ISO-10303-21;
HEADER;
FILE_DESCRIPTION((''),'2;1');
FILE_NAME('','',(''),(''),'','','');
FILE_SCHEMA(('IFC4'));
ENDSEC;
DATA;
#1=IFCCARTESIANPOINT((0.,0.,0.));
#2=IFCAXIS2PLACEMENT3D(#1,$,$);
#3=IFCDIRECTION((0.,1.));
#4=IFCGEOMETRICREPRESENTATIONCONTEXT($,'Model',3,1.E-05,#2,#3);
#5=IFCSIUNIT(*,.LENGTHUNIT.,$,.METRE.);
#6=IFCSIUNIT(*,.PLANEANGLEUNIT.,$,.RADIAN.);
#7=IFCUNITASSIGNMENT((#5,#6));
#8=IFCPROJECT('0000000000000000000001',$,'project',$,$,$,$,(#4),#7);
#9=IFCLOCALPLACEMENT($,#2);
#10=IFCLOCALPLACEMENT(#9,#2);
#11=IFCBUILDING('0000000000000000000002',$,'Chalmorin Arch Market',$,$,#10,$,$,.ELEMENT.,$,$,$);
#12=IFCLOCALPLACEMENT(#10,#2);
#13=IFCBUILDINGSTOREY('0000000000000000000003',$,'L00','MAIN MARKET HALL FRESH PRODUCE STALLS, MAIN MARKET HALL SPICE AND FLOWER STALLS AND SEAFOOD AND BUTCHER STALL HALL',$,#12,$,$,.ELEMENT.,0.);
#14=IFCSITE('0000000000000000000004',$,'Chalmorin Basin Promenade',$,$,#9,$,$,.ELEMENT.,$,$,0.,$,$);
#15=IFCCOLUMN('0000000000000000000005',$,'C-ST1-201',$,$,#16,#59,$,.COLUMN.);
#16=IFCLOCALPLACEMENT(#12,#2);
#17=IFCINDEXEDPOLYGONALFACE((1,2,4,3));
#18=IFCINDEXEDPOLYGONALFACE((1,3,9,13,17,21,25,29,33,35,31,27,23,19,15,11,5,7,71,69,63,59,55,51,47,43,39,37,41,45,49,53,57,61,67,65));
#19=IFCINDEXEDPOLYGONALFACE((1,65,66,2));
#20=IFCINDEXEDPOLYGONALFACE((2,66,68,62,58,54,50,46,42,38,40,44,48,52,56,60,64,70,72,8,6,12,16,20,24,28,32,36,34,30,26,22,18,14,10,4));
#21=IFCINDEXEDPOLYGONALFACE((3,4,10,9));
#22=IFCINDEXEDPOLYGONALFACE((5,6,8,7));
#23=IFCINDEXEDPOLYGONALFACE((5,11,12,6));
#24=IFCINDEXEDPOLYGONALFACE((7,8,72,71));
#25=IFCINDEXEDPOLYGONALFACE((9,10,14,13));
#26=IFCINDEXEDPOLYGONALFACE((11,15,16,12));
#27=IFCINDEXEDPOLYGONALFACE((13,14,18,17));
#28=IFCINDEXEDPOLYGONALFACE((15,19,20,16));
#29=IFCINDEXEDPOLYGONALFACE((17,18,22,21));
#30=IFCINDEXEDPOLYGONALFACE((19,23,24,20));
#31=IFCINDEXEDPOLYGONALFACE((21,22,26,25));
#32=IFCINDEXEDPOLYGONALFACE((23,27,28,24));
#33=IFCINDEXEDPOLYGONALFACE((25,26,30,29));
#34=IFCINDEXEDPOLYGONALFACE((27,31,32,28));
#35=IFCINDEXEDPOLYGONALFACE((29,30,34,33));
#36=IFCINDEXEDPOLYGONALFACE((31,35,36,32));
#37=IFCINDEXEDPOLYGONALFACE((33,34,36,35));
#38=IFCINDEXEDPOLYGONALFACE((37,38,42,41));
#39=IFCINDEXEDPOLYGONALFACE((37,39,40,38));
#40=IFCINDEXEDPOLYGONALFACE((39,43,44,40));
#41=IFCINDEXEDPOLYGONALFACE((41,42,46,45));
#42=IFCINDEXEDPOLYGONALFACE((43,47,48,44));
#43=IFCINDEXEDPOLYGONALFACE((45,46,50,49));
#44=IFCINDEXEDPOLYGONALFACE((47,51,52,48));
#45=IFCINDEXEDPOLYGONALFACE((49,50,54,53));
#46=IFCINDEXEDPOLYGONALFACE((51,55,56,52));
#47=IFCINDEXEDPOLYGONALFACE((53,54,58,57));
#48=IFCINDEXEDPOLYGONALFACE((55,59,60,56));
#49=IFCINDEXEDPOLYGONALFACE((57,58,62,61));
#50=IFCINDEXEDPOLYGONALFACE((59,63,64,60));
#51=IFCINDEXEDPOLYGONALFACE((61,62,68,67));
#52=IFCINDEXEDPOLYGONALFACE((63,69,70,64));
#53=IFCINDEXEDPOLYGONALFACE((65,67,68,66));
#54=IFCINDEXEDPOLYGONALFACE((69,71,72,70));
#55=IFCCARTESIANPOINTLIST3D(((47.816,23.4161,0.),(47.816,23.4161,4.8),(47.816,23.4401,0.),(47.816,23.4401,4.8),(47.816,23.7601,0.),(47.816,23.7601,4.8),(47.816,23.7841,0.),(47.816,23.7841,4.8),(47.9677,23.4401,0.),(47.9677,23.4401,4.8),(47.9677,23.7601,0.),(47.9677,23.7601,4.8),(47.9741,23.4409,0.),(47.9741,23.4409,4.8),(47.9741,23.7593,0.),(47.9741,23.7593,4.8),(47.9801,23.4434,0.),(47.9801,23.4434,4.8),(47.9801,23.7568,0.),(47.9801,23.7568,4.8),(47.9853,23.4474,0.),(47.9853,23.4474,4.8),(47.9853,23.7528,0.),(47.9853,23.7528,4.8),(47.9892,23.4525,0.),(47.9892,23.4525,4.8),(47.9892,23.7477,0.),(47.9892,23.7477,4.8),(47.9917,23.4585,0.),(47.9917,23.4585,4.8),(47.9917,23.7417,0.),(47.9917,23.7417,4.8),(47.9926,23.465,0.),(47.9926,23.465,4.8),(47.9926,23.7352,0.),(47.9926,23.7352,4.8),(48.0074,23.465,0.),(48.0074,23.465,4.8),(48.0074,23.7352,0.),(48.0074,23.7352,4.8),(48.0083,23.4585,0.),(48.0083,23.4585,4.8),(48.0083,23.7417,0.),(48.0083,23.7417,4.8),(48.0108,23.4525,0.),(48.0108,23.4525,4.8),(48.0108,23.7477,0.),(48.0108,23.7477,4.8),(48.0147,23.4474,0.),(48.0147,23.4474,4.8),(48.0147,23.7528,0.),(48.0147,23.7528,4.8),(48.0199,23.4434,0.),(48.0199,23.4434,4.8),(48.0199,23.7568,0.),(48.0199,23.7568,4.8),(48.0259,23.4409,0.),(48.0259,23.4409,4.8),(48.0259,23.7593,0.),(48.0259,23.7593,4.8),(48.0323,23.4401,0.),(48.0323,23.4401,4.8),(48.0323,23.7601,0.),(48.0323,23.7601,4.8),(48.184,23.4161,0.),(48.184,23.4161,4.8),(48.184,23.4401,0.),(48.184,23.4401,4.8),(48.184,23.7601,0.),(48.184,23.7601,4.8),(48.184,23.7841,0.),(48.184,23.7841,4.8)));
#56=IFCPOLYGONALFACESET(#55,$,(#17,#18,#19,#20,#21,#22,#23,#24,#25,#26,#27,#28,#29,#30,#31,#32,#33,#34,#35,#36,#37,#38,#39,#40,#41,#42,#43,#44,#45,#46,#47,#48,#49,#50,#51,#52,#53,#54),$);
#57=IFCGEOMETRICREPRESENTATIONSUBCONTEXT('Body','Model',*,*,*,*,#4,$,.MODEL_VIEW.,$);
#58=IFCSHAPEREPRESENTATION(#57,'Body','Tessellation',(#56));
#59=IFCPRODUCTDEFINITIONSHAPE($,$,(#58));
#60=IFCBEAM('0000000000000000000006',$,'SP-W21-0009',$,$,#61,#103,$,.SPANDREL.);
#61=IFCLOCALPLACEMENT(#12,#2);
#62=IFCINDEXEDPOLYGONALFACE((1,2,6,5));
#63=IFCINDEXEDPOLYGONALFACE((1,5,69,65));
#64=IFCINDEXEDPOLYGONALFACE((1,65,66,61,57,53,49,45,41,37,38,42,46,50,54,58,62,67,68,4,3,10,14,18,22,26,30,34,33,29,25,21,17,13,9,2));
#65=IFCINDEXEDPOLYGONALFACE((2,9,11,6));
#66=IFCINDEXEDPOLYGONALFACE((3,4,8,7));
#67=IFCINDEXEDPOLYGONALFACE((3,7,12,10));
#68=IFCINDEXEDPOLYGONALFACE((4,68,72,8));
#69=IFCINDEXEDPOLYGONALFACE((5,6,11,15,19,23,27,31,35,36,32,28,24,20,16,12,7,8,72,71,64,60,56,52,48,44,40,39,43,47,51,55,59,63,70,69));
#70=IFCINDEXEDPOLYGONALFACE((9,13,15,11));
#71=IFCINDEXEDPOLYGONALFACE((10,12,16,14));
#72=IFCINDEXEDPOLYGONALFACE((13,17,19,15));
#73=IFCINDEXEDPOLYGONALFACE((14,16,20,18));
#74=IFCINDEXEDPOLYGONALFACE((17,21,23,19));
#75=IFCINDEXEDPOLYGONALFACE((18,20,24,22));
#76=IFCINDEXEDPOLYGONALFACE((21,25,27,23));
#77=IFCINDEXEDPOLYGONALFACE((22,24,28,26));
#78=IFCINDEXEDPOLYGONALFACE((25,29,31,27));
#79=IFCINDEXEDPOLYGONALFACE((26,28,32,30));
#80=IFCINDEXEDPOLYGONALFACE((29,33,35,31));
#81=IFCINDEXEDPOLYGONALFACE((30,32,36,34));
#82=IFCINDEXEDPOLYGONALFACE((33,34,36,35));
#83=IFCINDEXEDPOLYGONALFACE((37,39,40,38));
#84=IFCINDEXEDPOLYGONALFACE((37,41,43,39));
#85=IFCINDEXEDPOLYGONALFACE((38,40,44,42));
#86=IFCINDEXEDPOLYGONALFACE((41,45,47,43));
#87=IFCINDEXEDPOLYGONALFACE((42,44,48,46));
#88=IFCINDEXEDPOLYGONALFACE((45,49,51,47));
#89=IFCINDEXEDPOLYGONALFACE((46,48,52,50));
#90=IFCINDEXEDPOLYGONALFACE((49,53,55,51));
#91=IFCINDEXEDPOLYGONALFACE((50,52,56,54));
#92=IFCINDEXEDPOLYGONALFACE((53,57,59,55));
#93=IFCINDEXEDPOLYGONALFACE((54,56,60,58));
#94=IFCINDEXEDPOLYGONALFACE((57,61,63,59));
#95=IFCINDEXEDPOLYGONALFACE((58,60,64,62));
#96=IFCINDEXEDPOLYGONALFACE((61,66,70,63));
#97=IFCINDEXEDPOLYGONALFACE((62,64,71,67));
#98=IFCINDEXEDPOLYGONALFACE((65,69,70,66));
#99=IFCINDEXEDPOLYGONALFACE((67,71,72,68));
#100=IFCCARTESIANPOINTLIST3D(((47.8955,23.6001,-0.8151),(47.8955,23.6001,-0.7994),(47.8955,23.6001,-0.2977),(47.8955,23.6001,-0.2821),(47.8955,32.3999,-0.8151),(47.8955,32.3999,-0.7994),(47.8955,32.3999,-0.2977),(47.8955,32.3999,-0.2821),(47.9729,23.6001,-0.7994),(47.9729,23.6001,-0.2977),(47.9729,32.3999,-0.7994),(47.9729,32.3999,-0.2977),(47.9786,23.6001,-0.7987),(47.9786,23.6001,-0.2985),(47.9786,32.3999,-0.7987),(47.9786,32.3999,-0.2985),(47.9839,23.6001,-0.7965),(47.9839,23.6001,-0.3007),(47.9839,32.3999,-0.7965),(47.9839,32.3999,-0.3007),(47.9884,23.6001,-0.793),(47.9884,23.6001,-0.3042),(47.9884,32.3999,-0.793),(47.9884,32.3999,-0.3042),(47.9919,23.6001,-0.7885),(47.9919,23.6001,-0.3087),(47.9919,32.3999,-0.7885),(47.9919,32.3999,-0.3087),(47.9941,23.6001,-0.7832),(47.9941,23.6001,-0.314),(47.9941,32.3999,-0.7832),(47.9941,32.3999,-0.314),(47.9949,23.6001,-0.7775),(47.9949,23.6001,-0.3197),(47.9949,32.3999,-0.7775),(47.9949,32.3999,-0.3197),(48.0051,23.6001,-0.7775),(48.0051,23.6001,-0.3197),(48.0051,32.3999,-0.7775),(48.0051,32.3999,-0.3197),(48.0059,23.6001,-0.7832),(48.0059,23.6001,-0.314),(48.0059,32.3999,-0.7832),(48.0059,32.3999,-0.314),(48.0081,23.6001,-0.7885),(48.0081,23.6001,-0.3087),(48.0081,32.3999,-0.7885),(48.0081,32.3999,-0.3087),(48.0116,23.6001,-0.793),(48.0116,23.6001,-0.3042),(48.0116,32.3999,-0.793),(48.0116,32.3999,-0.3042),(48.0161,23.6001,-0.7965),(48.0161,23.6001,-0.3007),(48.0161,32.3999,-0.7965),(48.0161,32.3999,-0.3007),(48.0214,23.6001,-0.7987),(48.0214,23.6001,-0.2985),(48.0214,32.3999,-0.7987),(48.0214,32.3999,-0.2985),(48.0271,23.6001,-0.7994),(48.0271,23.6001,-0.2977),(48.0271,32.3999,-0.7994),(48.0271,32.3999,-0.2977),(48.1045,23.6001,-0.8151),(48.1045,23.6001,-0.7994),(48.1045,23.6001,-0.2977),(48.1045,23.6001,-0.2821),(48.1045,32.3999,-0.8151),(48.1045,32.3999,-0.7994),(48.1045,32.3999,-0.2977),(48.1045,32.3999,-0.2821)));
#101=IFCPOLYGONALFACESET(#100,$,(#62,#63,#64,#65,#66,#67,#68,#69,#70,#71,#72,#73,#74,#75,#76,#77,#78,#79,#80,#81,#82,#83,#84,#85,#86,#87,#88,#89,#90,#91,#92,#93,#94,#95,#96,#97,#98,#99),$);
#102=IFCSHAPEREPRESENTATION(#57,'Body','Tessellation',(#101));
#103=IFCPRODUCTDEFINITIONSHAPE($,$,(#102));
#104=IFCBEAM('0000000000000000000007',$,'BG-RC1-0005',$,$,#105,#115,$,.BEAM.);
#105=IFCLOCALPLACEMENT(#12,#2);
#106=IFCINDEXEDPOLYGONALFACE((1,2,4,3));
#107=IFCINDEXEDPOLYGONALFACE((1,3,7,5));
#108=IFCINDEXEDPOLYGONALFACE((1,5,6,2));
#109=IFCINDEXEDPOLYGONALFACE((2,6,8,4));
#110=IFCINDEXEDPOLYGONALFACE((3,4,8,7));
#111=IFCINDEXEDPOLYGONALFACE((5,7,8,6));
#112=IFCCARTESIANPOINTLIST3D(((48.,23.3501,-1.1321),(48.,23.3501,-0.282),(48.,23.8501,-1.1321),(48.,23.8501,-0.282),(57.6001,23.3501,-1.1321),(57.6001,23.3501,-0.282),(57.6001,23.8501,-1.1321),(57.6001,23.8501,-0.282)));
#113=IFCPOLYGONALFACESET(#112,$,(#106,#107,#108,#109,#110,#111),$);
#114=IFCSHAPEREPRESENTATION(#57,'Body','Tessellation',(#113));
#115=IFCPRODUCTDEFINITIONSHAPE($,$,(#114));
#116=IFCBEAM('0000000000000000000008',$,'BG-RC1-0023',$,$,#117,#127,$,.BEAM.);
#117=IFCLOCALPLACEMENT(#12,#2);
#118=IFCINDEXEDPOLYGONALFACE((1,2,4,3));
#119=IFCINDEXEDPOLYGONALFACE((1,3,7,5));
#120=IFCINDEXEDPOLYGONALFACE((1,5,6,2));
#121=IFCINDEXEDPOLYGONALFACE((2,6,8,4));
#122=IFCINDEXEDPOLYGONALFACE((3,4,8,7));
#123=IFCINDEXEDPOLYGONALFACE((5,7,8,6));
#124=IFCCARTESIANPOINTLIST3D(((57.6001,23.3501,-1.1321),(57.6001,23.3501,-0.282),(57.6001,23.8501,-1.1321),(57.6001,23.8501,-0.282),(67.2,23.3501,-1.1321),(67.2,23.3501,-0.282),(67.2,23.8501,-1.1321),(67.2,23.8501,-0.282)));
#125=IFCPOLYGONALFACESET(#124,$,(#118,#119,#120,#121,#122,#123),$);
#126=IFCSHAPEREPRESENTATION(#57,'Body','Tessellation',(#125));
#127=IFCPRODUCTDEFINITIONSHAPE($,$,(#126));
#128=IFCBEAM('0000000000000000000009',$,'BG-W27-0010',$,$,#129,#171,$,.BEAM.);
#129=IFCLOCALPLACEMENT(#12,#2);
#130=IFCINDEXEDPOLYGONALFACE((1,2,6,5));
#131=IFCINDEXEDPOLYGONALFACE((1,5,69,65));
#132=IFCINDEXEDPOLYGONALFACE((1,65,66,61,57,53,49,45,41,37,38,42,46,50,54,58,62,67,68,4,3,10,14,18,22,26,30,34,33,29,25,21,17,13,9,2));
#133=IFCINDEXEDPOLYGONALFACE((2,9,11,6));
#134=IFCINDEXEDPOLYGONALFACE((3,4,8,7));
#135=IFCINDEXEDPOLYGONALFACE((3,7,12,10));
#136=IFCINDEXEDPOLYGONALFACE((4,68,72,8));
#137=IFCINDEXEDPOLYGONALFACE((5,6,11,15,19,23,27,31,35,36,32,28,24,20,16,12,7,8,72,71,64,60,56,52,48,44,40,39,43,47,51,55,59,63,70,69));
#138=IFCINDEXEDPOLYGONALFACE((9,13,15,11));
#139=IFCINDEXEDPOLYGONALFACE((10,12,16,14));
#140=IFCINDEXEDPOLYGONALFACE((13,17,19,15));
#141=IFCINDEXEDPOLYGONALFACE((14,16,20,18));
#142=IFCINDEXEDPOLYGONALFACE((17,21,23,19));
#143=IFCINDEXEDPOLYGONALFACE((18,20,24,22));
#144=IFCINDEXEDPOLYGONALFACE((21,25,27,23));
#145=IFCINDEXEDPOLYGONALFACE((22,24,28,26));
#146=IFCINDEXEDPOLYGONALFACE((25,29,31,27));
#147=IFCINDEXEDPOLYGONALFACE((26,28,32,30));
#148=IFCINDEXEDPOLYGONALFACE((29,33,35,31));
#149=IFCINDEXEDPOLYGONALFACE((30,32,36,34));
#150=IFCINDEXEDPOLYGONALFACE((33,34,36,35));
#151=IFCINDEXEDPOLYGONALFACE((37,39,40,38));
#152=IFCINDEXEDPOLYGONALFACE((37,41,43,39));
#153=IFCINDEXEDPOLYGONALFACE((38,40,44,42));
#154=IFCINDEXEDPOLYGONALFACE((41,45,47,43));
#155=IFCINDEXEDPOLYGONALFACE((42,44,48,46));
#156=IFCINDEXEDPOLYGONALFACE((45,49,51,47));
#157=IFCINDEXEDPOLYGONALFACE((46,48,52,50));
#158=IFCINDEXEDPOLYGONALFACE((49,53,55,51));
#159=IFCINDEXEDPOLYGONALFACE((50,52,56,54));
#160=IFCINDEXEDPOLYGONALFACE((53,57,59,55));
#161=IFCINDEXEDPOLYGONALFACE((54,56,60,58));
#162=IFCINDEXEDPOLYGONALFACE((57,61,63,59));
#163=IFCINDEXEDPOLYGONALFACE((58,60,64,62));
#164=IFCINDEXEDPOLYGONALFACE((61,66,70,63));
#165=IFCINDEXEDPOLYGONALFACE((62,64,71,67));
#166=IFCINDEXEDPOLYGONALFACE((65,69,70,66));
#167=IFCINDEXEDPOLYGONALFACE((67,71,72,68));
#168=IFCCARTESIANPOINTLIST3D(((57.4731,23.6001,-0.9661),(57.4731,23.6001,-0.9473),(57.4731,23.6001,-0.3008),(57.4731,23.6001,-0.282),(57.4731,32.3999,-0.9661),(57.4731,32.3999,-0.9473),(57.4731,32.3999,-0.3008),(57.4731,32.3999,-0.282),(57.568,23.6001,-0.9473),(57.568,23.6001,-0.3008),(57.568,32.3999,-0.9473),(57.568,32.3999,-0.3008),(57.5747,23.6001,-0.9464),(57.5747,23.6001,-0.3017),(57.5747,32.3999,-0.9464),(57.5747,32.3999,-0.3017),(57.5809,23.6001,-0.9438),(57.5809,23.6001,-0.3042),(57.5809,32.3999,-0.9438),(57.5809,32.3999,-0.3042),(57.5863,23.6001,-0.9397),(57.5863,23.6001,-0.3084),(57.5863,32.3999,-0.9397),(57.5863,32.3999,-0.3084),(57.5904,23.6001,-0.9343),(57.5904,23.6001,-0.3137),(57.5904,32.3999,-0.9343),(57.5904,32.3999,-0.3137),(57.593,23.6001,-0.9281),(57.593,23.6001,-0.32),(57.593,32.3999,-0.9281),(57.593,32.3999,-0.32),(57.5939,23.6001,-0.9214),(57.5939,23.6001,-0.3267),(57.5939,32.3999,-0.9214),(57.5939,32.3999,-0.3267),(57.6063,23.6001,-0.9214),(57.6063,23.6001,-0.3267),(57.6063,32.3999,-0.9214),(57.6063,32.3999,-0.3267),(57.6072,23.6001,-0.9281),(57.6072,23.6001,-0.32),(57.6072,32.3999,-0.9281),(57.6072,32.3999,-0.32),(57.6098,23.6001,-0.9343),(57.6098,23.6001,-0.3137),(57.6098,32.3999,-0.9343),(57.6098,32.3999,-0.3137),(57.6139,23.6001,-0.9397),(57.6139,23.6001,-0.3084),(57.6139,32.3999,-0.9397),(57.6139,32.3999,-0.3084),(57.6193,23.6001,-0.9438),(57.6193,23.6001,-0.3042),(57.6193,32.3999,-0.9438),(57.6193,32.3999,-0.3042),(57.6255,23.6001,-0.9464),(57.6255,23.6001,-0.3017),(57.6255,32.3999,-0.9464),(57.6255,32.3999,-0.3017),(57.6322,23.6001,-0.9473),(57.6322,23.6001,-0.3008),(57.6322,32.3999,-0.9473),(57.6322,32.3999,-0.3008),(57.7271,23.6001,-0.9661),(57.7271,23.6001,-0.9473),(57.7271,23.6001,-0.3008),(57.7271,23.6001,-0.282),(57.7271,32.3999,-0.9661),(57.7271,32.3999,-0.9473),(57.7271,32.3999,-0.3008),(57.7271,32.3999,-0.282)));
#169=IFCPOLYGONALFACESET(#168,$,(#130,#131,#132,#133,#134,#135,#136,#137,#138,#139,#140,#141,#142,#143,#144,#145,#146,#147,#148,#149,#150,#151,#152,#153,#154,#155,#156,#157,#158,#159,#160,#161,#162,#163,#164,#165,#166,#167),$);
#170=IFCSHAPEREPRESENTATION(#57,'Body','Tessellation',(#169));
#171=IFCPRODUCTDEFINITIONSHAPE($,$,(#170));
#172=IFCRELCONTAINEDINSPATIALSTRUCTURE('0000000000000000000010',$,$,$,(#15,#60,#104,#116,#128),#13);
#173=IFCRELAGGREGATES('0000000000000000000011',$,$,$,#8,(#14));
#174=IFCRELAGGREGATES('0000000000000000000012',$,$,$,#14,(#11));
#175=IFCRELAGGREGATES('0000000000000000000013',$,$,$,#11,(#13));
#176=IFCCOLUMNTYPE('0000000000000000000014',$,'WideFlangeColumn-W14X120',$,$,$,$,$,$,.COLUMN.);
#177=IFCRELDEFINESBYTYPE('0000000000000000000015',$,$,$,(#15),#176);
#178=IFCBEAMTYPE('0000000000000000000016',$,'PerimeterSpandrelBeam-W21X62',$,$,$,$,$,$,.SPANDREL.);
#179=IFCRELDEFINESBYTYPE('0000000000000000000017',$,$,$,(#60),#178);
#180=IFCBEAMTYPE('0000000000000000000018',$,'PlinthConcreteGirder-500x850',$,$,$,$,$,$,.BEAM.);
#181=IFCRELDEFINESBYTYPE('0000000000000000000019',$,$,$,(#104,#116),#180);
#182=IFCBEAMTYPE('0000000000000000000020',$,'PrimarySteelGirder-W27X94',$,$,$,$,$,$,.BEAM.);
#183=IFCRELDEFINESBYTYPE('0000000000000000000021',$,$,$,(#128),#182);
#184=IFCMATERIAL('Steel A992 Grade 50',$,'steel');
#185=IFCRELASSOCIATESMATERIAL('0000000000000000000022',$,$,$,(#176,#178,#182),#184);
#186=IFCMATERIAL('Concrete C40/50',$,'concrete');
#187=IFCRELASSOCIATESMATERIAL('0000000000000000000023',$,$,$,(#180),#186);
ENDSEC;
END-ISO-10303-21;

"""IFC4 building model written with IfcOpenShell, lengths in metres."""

from ifc_helpers import new_model, si_unit, direction, frame, origin, origin_2d, place, context, subcontext, project, spatial, rectangle, i_section, extrude, material, material_profile, profile_set, type_object, element, save


model = new_model("IFC4")

# Units and contexts
model_context = context("Model", 3, precision=1e-05, world=origin(), true_north=direction((0.0, 1.0)))
body_context = subcontext(model_context, "Body", "Model", "MODEL_VIEW")
ifc_project = project(units=[si_unit("LENGTHUNIT", "METRE"), si_unit("PLANEANGLEUNIT", "RADIAN")], contexts=[model_context])

# Site, building, storey
site_placement = place(None, origin())
site = spatial("IfcSite", under=ifc_project, at=site_placement, Name="Chalmorin Basin Promenade", CompositionType="ELEMENT", RefElevation=0.0)
building_placement = place(site_placement, origin())
building = spatial("IfcBuilding", under=site, at=building_placement, Name="Chalmorin Arch Market", CompositionType="ELEMENT")
storey_placement = place(building_placement, origin())
storey = spatial("IfcBuildingStorey", under=building, at=storey_placement, Name="L00", Description="MAIN MARKET HALL FRESH PRODUCE STALLS, MAIN MARKET HALL SPICE AND FLOWER STALLS AND SEAFOOD AND BUTCHER STALL HALL", CompositionType="ELEMENT", Elevation=0.0)

# Column
ifc_material_1 = material(Name="Steel A992 Grade 50", Category="steel")
ifc_material_profile_1 = material_profile(ifc_material_1, i_section(OverallWidth=0.3679, OverallDepth=0.3679, WebThickness=0.0149, FlangeThickness=0.0239, FilletRadius=0.0249, at=origin_2d()), Name="W14X120")
ifc_profile_set_1 = profile_set([ifc_material_profile_1], Name="Steel A992 Grade 50")
column_type = type_object("IfcColumnType", Name="WideFlangeColumn-W14X120", PredefinedType="COLUMN", material=ifc_profile_set_1)
column_placement = place(storey_placement, frame((48.0, 23.6001, 0.0), z_axis=(0.0, 0.0, 1.0), x_axis=(1.0, 0.0, 0.0)))
element("IfcColumn", 1, at=column_placement, inside=storey, type_object=column_type, Name="C-ST1-201", PredefinedType="COLUMN", context=body_context, shape_type="SweptSolid", body=[
    extrude(i_section(OverallWidth=0.3679, OverallDepth=0.3679, WebThickness=0.0149, FlangeThickness=0.0239, FilletRadius=0.0249, at=origin_2d()), origin(), (0.0, 0.0, 1.0), 4.8),
])

# Beams
ifc_material_profile_2 = material_profile(ifc_material_1, i_section(OverallWidth=0.209, OverallDepth=0.533, WebThickness=0.0103, FlangeThickness=0.0156, FilletRadius=0.022, at=origin_2d()), Name="W21X62")
ifc_profile_set_2 = profile_set([ifc_material_profile_2], Name="Steel A992 Grade 50")
beam_type_1 = type_object("IfcBeamType", Name="PerimeterSpandrelBeam-W21X62", PredefinedType="SPANDREL", material=ifc_profile_set_2)
beam_1_placement = place(storey_placement, frame((48.0, 23.6001, -0.5486), z_axis=(0.0, 1.0, 0.0), x_axis=(-1.0, 0.0, 0.0)))
element("IfcBeam", 2, at=beam_1_placement, inside=storey, type_object=beam_type_1, Name="SP-W21-0009", PredefinedType="SPANDREL", context=body_context, shape_type="SweptSolid", body=[
    extrude(i_section(OverallWidth=0.209, OverallDepth=0.533, WebThickness=0.0103, FlangeThickness=0.0156, FilletRadius=0.022, at=origin_2d()), origin(), (0.0, 0.0, 1.0), 8.7998),
])
ifc_material_2 = material(Name="Concrete C40/50", Category="concrete")
ifc_material_profile_3 = material_profile(ifc_material_2, rectangle(XDim=0.5, YDim=0.8501, at=origin_2d()), Name="RC500X850")
ifc_profile_set_3 = profile_set([ifc_material_profile_3], Name="Concrete C40/50")
beam_type_2 = type_object("IfcBeamType", Name="PlinthConcreteGirder-500x850", PredefinedType="BEAM", material=ifc_profile_set_3)
beam_2_placement = place(storey_placement, frame((48.0, 23.6001, -0.707), z_axis=(1.0, 0.0, 0.0), x_axis=(0.0, 1.0, 0.0)))
element("IfcBeam", 3, at=beam_2_placement, inside=storey, type_object=beam_type_2, Name="BG-RC1-0005", PredefinedType="BEAM", context=body_context, shape_type="SweptSolid", body=[
    extrude(rectangle(XDim=0.5, YDim=0.8501, at=origin_2d()), origin(), (0.0, 0.0, 1.0), 9.6001),
])
beam_3_placement = place(storey_placement, frame((57.6001, 23.6001, -0.707), z_axis=(1.0, 0.0, 0.0), x_axis=(0.0, 1.0, 0.0)))
element("IfcBeam", 4, at=beam_3_placement, inside=storey, type_object=beam_type_2, Name="BG-RC1-0023", PredefinedType="BEAM", context=body_context, shape_type="SweptSolid", body=[
    extrude(rectangle(XDim=0.5, YDim=0.8501, at=origin_2d()), origin(), (0.0, 0.0, 1.0), 9.5999),
])
ifc_material_profile_4 = material_profile(ifc_material_1, i_section(OverallWidth=0.2539, OverallDepth=0.6841, WebThickness=0.0125, FlangeThickness=0.0188, FilletRadius=0.0259, at=origin_2d()), Name="W27X94")
ifc_profile_set_4 = profile_set([ifc_material_profile_4], Name="Steel A992 Grade 50")
beam_type_3 = type_object("IfcBeamType", Name="PrimarySteelGirder-W27X94", PredefinedType="BEAM", material=ifc_profile_set_4)
beam_4_placement = place(storey_placement, frame((57.6001, 23.6001, -0.624), z_axis=(0.0, 1.0, 0.0), x_axis=(-1.0, 0.0, 0.0)))
element("IfcBeam", 5, at=beam_4_placement, inside=storey, type_object=beam_type_3, Name="BG-W27-0010", PredefinedType="BEAM", context=body_context, shape_type="SweptSolid", body=[
    extrude(i_section(OverallWidth=0.2539, OverallDepth=0.6841, WebThickness=0.0125, FlangeThickness=0.0188, FilletRadius=0.0259, at=origin_2d()), origin(), (0.0, 0.0, 1.0), 8.7998),
])

save(model, "model.ifc")
